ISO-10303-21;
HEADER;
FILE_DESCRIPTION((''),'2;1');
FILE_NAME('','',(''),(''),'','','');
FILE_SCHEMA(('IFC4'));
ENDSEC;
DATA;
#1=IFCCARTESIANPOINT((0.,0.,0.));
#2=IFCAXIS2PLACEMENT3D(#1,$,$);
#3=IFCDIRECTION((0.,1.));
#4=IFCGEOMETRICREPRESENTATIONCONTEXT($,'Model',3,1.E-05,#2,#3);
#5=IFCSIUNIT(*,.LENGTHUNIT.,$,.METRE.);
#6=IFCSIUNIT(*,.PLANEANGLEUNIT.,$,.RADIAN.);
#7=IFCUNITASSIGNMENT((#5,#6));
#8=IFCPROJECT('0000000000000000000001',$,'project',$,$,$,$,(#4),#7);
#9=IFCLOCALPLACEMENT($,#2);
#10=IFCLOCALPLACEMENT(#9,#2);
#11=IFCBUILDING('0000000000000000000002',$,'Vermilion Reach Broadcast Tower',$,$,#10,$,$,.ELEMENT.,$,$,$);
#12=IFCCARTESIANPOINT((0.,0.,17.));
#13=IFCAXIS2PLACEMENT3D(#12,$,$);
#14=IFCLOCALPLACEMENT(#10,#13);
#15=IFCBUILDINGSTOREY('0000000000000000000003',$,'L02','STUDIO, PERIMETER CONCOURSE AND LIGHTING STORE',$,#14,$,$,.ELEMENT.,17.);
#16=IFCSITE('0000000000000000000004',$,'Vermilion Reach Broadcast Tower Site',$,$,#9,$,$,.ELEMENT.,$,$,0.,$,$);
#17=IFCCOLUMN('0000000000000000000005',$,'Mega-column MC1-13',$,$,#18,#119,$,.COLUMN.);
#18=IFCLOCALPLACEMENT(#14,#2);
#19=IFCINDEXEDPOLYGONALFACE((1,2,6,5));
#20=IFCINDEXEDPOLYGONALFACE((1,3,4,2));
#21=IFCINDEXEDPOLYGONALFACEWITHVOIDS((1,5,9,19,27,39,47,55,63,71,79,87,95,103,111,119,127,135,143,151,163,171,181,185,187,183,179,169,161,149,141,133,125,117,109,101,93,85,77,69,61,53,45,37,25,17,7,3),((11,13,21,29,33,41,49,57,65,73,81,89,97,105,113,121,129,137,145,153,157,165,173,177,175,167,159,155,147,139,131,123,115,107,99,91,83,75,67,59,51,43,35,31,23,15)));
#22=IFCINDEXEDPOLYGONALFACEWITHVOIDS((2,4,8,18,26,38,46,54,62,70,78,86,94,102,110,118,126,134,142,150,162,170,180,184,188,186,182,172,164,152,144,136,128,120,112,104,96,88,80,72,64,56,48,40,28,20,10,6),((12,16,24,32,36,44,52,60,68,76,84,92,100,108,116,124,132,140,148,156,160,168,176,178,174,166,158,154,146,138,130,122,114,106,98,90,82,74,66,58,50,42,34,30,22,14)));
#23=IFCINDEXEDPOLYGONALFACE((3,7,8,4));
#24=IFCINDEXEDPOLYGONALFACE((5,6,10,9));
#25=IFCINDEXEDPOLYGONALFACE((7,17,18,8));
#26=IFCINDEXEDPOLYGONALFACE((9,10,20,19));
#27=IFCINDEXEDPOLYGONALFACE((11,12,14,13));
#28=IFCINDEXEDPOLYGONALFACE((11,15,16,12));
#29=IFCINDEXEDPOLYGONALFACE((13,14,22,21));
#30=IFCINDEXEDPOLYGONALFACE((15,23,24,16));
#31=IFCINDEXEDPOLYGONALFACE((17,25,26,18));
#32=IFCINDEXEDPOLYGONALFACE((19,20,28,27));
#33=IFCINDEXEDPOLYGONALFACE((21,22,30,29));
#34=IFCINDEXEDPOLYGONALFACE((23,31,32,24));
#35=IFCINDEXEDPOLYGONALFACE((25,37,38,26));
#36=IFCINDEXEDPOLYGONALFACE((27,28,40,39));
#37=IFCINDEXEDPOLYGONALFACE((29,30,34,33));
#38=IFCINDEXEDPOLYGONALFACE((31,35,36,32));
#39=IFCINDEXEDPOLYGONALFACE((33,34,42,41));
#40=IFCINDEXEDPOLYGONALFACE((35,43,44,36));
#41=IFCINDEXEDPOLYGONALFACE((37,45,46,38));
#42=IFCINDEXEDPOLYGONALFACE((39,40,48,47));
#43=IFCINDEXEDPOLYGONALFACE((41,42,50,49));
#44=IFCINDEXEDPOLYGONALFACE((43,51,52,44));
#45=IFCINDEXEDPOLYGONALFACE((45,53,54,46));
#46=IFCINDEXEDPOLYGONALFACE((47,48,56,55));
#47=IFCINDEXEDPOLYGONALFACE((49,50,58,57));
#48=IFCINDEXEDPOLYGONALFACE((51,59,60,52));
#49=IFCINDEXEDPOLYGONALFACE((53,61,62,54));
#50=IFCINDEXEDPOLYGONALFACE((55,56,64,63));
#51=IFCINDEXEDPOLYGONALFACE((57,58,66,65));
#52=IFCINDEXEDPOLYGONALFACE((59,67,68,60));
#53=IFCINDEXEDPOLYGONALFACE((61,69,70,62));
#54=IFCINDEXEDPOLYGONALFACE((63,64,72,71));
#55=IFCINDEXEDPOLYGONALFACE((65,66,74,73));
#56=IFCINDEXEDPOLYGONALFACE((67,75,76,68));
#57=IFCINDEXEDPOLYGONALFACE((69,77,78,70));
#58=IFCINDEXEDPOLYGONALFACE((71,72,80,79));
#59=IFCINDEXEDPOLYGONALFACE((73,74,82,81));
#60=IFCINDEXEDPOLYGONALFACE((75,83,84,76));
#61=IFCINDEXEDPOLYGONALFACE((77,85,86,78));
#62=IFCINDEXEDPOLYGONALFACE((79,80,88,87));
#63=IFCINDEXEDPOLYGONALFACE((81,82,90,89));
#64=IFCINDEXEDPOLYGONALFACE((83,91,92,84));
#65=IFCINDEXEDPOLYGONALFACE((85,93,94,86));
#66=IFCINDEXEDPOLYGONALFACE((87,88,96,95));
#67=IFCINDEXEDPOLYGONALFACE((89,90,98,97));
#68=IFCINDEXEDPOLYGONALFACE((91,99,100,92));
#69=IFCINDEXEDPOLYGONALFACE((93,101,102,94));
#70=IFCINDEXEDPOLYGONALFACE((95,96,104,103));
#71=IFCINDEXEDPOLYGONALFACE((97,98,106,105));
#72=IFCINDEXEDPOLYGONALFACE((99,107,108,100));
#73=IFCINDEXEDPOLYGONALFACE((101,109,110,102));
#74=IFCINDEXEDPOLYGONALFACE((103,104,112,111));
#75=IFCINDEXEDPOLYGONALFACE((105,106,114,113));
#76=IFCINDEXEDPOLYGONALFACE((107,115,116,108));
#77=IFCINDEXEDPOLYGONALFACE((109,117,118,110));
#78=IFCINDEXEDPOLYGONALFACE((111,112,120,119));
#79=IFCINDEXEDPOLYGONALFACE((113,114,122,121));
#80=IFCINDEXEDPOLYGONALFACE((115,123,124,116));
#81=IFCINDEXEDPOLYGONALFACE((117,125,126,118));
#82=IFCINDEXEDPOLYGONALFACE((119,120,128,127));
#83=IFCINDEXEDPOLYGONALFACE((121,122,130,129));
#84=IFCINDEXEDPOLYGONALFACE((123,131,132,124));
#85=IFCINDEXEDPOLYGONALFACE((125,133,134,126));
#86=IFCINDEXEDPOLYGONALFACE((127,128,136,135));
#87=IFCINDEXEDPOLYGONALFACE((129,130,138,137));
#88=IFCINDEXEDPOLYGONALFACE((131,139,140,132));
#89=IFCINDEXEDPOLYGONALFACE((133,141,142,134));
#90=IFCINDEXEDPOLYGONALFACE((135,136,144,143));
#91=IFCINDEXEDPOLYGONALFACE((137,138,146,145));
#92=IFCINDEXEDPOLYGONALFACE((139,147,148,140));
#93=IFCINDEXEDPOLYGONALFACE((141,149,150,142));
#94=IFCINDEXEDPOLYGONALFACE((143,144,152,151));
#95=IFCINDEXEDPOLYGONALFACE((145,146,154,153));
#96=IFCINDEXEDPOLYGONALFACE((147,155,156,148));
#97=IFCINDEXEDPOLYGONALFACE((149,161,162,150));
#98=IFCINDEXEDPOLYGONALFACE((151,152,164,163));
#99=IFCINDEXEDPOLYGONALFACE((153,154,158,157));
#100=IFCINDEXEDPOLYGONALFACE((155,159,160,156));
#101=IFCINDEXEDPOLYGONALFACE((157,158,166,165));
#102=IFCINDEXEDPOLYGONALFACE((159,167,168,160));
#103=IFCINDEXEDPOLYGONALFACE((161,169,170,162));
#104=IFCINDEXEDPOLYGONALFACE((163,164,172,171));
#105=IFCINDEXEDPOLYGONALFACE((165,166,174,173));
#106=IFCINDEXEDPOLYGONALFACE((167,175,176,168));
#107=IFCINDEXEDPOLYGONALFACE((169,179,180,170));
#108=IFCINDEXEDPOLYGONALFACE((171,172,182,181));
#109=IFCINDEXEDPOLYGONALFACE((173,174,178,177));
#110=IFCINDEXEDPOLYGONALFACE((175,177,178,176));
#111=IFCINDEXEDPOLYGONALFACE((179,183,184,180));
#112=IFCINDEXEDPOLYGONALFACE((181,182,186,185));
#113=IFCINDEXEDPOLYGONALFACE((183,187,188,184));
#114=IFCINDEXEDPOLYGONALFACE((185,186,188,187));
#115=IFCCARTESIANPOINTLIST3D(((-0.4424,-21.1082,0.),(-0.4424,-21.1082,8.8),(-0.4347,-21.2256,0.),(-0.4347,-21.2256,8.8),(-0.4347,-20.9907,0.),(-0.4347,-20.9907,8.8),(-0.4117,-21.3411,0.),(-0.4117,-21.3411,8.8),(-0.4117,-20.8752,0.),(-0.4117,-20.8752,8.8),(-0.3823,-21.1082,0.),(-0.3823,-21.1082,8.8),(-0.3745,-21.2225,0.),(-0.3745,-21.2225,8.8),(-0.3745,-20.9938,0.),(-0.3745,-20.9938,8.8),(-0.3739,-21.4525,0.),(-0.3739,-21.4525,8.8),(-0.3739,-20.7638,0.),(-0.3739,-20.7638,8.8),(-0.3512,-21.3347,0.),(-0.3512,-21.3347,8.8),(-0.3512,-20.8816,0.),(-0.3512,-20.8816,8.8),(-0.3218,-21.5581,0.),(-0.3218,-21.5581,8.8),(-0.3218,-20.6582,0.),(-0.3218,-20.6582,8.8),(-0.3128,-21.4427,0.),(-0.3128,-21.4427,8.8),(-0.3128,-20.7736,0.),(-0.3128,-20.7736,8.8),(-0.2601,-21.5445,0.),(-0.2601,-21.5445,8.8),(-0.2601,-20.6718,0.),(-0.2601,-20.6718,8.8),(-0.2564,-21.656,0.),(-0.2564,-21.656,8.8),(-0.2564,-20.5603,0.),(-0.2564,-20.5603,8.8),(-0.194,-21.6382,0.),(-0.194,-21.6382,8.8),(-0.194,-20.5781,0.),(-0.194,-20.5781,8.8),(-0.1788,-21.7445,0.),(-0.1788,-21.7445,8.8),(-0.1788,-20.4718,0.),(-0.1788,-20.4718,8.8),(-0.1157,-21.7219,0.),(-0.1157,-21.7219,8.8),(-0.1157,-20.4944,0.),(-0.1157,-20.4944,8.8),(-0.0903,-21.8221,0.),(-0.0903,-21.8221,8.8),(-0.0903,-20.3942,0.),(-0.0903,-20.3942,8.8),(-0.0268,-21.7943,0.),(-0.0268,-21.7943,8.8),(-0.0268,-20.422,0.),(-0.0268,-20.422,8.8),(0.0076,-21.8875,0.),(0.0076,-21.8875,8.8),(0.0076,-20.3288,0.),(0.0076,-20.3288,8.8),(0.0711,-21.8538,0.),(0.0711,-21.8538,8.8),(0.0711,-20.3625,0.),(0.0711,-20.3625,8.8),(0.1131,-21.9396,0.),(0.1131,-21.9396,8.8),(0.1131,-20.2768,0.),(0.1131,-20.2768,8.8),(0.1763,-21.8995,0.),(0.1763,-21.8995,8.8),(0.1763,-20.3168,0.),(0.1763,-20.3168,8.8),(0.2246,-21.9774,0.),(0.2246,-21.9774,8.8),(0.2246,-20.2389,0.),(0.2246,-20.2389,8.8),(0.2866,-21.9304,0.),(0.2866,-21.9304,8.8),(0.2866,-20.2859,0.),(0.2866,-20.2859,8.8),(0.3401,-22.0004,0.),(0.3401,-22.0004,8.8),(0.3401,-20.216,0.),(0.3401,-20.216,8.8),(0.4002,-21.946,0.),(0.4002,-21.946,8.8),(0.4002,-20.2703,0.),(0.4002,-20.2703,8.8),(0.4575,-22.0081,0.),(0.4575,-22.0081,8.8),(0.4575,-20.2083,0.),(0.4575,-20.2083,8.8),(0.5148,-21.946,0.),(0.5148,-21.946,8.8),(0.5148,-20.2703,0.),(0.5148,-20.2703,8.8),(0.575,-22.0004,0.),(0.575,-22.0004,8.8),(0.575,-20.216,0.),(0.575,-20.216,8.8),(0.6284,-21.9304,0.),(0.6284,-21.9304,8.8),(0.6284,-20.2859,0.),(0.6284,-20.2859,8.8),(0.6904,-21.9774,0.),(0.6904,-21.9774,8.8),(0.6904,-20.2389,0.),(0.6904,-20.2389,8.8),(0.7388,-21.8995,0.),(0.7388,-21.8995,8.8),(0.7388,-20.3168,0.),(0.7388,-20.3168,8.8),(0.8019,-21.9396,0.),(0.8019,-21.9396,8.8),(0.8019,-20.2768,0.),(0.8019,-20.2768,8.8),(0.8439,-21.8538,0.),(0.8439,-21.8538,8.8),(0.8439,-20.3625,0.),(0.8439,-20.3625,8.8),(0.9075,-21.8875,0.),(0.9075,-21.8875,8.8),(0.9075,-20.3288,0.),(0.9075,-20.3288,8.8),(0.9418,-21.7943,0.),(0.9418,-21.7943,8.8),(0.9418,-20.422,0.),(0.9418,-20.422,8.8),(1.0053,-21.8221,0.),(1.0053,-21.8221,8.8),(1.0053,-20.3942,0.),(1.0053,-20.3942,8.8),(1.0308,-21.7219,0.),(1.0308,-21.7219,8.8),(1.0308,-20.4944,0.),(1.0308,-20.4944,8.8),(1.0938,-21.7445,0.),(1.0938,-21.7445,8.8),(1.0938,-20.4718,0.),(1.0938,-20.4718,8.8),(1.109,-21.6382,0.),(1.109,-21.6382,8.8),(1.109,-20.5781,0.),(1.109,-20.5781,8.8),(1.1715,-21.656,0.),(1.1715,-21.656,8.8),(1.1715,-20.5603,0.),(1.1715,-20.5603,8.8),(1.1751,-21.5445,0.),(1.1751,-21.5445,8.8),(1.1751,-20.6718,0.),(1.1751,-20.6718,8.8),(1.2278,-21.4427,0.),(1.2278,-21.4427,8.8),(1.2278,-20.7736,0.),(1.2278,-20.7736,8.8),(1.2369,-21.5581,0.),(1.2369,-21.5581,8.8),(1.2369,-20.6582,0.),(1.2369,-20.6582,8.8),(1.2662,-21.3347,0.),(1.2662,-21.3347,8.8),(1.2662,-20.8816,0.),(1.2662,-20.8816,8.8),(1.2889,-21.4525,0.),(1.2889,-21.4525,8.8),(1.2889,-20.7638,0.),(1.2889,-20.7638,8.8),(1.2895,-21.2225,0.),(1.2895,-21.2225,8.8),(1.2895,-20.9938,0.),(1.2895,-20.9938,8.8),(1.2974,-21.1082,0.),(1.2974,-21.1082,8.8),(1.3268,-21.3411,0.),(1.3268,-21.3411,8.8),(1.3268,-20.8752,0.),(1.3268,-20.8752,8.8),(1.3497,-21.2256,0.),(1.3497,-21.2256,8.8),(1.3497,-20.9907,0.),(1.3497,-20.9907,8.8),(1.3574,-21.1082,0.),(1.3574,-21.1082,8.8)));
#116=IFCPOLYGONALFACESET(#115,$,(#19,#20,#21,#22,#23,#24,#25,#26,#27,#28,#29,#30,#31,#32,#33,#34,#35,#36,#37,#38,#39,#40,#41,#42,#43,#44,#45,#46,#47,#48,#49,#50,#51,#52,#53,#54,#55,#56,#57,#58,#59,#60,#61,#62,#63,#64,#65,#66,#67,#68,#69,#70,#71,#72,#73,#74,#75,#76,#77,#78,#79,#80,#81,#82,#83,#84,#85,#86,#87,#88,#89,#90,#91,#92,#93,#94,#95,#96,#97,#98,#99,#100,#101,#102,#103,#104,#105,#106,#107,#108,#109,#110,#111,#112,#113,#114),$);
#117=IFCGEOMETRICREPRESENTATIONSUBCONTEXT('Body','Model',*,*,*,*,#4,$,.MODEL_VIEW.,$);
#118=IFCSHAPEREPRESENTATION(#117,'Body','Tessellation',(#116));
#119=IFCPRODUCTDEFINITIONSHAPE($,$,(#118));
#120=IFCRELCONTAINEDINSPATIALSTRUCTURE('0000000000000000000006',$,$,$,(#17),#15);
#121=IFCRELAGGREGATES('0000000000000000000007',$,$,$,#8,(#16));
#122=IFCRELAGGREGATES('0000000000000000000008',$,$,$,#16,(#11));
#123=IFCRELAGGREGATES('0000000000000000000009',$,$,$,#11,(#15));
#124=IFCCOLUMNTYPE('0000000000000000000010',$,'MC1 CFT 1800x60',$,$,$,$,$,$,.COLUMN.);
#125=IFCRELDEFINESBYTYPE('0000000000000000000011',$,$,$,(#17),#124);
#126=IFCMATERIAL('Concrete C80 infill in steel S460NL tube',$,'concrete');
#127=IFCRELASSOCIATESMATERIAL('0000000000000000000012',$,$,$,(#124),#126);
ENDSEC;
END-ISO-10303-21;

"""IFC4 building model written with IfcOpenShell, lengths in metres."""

from ifc_helpers import new_model, si_unit, direction, frame, origin, origin_2d, place, context, subcontext, project, spatial, hollow_circle, extrude, material, material_profile, profile_set, type_object, element, save


model = new_model("IFC4")

# Units and contexts
model_context = context("Model", 3, precision=1e-05, world=origin(), true_north=direction((0.0, 1.0)))
body_context = subcontext(model_context, "Body", "Model", "MODEL_VIEW")
ifc_project = project(units=[si_unit("LENGTHUNIT", "METRE"), si_unit("PLANEANGLEUNIT", "RADIAN")], contexts=[model_context])

# Site, building, storey
site_placement = place(None, origin())
site = spatial("IfcSite", under=ifc_project, at=site_placement, Name="Vermilion Reach Broadcast Tower Site", CompositionType="ELEMENT", RefElevation=0.0)
building_placement = place(site_placement, origin())
building = spatial("IfcBuilding", under=site, at=building_placement, Name="Vermilion Reach Broadcast Tower", CompositionType="ELEMENT")
storey_placement = place(building_placement, frame((0.0, 0.0, 17.0)))
storey = spatial("IfcBuildingStorey", under=building, at=storey_placement, Name="L02", Description="STUDIO, PERIMETER CONCOURSE AND LIGHTING STORE", CompositionType="ELEMENT", Elevation=17.0)

# Column
ifc_material_1 = material(Name="Concrete C80 infill in steel S460NL tube", Category="concrete")
ifc_material_profile_1 = material_profile(ifc_material_1, hollow_circle(Radius=0.8999, WallThickness=0.0601, at=origin_2d()), Name="Concrete C80 infill in steel S460NL tube CFT 1800x60")
ifc_profile_set_1 = profile_set([ifc_material_profile_1], Name="Concrete C80 infill in steel S460NL tube")
column_type = type_object("IfcColumnType", Name="MC1 CFT 1800x60", PredefinedType="COLUMN", material=ifc_profile_set_1)
for number, where, z_axis, x_axis, name in (
    (1, (0.4575, -21.1082, 0.0), (0.0, 0.0, 1.0), (1.0, 0.0, 0.0), "Mega-column MC1-13"),
):
    element("IfcColumn", number, at=place(storey_placement, frame(where, z_axis=z_axis, x_axis=x_axis)), inside=storey, type_object=column_type, Name=name, PredefinedType="COLUMN", context=body_context, shape_type="SweptSolid", body=[
        extrude(hollow_circle(Radius=0.8999, WallThickness=0.0601, at=origin_2d()), origin(), (0.0, 0.0, 1.0), 8.8),
    ])

save(model, "model.ifc")
